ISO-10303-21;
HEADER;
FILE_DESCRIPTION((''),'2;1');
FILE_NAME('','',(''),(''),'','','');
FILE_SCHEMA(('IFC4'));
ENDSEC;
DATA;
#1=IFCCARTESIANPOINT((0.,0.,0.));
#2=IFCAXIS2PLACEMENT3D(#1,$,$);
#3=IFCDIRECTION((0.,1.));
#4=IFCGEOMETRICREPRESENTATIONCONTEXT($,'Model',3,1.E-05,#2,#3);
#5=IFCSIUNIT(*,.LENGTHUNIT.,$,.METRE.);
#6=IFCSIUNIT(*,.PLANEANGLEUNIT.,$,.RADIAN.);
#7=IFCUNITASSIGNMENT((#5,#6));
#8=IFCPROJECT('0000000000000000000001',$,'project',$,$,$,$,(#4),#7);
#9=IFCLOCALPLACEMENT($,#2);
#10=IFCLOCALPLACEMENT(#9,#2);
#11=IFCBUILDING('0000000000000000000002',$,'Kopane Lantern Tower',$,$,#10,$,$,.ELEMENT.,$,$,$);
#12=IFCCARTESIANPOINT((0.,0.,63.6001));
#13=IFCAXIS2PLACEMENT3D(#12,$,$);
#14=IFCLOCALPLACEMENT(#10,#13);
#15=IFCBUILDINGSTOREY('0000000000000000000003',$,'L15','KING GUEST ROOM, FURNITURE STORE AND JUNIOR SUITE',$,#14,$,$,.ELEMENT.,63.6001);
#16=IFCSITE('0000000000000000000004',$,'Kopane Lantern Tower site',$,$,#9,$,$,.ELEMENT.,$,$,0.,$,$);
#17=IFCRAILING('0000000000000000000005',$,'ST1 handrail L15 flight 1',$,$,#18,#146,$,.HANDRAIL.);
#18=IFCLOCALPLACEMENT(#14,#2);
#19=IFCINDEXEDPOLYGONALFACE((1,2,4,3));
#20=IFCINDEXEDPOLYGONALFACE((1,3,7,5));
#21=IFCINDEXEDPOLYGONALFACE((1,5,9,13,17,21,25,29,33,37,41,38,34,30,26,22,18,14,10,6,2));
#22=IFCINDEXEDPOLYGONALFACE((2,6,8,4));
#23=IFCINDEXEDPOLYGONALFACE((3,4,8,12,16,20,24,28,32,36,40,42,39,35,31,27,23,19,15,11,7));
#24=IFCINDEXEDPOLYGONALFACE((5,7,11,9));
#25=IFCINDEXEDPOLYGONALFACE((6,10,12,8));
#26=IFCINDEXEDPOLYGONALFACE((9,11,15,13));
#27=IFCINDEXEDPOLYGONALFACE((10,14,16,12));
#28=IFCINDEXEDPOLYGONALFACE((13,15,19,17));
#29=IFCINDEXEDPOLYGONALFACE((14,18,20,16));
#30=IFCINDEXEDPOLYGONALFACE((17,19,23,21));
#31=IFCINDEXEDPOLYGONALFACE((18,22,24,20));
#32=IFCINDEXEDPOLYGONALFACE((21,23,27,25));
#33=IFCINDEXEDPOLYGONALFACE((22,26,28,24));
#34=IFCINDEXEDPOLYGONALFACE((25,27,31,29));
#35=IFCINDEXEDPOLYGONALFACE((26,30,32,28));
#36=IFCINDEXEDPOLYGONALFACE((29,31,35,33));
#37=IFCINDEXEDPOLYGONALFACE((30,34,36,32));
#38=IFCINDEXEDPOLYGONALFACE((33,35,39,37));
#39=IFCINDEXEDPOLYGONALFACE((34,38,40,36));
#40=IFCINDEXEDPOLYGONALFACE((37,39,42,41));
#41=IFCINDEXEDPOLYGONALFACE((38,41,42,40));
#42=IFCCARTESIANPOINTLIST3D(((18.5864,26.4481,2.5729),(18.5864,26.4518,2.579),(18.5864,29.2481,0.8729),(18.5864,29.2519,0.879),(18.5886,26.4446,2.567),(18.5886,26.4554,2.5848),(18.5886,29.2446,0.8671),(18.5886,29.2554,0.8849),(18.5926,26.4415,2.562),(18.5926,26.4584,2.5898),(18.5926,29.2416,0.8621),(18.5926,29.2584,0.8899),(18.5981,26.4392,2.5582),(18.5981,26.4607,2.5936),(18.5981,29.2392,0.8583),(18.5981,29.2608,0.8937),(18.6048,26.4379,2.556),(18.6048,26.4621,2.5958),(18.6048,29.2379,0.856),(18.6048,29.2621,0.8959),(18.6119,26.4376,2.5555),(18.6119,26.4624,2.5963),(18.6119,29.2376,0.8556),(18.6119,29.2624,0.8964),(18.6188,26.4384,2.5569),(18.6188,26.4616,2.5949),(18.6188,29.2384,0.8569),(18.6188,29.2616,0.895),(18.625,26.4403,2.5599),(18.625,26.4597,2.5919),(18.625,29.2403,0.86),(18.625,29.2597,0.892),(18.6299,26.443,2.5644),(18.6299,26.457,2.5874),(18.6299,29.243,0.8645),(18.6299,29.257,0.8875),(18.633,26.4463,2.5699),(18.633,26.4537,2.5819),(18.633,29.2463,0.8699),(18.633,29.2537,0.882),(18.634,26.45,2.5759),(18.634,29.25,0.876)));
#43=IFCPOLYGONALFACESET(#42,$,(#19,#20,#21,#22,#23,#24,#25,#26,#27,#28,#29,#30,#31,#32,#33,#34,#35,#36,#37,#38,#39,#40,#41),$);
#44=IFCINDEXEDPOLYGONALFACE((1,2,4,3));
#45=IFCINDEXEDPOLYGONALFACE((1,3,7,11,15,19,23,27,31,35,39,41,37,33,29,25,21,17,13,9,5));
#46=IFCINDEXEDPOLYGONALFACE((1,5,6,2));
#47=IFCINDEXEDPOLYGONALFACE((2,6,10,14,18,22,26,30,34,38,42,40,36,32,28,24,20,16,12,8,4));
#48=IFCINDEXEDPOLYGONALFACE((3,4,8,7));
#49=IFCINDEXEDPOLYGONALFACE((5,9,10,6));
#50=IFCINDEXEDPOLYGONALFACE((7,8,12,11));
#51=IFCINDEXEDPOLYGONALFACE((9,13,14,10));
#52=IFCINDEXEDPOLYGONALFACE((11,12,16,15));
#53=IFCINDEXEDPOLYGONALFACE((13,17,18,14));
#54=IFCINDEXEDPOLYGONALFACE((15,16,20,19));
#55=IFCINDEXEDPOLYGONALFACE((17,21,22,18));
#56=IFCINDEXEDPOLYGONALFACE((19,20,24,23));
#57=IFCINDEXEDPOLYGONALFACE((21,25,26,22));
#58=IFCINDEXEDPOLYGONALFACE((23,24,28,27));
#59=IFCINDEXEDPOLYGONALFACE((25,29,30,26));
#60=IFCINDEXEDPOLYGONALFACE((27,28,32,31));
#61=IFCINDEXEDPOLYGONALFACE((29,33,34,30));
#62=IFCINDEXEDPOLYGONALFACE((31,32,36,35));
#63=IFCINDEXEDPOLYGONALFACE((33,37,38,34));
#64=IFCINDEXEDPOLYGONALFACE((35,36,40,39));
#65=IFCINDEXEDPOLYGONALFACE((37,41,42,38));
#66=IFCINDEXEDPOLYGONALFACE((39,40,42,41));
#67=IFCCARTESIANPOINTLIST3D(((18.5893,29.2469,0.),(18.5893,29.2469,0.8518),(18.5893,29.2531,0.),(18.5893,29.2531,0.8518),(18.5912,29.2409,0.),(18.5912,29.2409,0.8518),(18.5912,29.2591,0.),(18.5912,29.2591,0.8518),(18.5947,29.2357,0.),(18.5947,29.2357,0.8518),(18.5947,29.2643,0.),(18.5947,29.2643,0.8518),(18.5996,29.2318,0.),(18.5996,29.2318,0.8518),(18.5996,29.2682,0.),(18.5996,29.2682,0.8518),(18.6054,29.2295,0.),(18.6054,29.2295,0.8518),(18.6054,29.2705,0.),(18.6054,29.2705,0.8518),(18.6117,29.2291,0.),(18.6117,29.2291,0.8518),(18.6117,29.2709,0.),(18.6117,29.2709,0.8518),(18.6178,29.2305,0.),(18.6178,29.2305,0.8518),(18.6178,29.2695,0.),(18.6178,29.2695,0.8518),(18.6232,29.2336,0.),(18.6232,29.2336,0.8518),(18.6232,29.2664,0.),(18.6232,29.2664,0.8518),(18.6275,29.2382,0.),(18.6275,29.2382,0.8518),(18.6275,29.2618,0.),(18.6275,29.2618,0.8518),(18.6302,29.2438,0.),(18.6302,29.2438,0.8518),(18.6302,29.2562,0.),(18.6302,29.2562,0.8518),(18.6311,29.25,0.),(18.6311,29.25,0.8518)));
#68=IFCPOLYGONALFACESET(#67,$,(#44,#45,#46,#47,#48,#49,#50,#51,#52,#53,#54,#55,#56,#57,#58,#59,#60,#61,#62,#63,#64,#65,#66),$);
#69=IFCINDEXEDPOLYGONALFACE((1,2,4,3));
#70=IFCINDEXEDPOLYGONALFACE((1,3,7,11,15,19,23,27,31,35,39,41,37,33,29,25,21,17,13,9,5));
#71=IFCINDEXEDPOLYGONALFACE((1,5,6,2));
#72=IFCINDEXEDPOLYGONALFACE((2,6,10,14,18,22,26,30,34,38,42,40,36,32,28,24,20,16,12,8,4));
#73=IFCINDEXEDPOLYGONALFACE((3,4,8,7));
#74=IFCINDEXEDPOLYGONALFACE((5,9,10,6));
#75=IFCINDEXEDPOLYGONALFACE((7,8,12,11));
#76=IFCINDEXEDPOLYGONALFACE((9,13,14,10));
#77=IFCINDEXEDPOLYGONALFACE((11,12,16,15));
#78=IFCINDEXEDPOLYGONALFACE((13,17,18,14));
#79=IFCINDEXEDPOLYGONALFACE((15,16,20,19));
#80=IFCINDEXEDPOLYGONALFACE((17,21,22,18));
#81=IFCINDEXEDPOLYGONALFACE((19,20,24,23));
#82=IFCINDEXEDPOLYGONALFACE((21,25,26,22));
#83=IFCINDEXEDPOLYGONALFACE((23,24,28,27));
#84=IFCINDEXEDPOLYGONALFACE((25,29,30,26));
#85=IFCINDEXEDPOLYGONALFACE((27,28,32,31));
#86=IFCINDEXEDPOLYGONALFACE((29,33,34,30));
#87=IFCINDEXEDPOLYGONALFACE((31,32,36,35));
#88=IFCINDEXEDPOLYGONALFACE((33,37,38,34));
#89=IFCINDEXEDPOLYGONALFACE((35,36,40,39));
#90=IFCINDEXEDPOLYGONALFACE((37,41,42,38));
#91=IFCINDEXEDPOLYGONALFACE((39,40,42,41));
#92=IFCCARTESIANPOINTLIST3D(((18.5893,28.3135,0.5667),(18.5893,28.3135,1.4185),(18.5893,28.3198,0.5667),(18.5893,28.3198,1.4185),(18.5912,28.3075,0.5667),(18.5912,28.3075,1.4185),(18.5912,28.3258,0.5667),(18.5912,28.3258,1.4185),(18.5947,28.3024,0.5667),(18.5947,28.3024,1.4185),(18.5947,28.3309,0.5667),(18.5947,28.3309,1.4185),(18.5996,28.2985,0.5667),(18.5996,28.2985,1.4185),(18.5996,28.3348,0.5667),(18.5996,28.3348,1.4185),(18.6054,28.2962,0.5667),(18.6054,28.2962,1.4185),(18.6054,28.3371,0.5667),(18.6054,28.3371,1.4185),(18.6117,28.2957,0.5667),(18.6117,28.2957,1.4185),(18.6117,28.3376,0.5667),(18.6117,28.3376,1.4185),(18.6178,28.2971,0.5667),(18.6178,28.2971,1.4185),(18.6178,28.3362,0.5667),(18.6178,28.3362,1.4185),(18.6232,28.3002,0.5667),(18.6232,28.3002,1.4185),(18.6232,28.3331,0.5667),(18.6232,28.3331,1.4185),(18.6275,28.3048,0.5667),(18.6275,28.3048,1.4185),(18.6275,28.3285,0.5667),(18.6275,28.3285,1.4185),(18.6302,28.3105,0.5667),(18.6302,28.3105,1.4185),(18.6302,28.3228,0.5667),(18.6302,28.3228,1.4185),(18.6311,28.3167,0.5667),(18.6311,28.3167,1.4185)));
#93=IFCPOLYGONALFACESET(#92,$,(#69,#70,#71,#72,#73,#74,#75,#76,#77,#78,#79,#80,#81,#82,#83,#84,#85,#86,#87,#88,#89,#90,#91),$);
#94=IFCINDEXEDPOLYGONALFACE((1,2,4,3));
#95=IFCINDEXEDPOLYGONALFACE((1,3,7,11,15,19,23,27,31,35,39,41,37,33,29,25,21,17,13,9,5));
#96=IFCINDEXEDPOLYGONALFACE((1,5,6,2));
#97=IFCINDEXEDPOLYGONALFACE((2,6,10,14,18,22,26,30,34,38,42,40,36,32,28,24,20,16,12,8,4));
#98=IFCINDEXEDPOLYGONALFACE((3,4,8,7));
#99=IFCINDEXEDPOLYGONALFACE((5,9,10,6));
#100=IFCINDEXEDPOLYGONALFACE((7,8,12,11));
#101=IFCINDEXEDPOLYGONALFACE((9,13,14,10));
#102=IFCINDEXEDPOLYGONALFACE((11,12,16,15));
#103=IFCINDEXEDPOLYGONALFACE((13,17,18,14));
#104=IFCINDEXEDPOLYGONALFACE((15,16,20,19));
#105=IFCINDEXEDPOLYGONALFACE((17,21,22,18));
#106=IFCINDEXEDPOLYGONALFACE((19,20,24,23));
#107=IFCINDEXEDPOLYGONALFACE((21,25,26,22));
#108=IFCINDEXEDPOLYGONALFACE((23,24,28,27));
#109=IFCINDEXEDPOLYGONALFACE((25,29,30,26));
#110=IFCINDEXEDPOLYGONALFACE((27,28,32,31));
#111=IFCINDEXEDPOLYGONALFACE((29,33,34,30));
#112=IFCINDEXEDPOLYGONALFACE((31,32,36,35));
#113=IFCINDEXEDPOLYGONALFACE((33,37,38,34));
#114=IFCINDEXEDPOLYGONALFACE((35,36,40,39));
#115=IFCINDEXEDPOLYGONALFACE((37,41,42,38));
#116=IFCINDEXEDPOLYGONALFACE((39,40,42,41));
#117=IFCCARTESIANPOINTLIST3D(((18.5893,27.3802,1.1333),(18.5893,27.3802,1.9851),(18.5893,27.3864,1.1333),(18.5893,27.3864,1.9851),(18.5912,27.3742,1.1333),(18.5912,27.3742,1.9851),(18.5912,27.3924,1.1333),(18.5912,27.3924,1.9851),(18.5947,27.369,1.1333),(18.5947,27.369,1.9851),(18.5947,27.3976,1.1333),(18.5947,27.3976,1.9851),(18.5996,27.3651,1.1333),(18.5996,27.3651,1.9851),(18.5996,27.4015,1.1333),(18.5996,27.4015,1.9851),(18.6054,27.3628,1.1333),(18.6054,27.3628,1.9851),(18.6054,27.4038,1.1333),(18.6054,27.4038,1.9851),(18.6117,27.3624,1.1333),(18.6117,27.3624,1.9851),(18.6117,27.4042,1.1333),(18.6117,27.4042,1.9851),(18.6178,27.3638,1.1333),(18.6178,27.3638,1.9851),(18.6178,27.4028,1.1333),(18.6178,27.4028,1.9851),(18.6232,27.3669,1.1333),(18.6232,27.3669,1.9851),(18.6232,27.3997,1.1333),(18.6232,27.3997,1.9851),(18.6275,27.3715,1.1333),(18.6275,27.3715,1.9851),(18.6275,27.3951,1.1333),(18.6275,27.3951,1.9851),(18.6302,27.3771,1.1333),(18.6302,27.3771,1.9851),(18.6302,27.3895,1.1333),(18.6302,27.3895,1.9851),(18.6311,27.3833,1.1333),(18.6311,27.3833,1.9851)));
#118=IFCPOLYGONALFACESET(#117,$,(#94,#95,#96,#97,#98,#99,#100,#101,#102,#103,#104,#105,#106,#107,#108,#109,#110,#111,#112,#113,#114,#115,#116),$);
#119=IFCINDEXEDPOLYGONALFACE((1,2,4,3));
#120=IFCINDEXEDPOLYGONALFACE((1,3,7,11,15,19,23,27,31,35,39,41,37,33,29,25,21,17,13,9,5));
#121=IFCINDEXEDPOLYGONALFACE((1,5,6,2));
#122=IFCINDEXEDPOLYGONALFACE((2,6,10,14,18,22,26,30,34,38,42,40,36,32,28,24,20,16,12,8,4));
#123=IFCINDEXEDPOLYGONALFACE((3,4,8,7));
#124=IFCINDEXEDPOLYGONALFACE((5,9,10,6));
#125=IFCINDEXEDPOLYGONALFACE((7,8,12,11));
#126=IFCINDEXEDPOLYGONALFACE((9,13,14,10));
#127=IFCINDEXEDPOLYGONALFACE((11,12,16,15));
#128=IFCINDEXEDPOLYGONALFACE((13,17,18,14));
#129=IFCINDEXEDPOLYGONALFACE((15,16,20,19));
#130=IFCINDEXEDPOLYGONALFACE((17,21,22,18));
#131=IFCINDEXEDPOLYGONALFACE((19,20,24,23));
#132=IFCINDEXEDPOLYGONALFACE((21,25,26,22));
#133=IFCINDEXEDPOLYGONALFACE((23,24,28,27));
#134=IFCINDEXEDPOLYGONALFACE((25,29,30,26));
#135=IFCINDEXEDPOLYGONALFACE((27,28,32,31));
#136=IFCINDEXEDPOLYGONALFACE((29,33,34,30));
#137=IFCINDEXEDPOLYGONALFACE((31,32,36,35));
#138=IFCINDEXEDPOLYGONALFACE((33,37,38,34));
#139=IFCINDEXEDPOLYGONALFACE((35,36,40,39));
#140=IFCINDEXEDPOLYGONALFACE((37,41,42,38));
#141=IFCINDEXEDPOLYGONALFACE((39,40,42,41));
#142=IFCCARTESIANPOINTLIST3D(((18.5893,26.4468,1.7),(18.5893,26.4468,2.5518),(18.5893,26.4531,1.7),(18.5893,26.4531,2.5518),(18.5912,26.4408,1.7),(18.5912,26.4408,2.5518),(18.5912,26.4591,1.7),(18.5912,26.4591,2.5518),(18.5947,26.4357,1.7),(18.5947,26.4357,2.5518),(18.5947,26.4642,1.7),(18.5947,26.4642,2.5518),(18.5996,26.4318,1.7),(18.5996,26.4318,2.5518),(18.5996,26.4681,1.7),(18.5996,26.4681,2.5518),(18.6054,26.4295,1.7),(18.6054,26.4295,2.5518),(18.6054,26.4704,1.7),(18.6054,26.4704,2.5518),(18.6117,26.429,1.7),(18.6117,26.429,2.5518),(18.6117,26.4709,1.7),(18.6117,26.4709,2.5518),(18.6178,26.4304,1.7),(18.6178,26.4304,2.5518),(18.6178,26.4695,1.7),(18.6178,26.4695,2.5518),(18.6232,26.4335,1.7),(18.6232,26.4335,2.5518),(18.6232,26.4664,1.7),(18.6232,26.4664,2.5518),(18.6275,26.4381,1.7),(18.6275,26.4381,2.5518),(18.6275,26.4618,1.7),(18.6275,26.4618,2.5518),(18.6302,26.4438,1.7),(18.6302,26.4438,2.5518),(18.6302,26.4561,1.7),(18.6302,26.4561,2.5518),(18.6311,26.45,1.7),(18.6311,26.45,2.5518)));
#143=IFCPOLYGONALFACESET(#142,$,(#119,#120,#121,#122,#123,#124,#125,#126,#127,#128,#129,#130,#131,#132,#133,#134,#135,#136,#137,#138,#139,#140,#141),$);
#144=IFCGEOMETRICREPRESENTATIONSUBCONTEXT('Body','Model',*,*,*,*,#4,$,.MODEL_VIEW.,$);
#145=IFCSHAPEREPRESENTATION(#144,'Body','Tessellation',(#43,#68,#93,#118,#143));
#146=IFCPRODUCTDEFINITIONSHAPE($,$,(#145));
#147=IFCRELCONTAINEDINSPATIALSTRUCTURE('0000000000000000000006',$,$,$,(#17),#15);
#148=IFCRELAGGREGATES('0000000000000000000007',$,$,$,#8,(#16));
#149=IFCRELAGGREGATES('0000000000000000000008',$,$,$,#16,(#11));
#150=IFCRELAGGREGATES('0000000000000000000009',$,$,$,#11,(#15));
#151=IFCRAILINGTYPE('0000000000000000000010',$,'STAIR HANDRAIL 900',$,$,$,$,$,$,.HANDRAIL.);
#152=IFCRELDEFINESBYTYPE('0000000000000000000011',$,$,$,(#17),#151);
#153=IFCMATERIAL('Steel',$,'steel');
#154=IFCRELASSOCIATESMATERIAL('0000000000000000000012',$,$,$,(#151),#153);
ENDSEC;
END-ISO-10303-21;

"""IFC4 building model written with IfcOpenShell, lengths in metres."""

from ifc_helpers import new_model, si_unit, direction, frame, origin, origin_2d, place, context, subcontext, project, spatial, circle, extrude, material, type_object, element, save


model = new_model("IFC4")

# Units and contexts
model_context = context("Model", 3, precision=1e-05, world=origin(), true_north=direction((0.0, 1.0)))
body_context = subcontext(model_context, "Body", "Model", "MODEL_VIEW")
ifc_project = project(units=[si_unit("LENGTHUNIT", "METRE"), si_unit("PLANEANGLEUNIT", "RADIAN")], contexts=[model_context])

# Site, building, storey
site_placement = place(None, origin())
site = spatial("IfcSite", under=ifc_project, at=site_placement, Name="Kopane Lantern Tower site", CompositionType="ELEMENT", RefElevation=0.0)
building_placement = place(site_placement, origin())
building = spatial("IfcBuilding", under=site, at=building_placement, Name="Kopane Lantern Tower", CompositionType="ELEMENT")
storey_placement = place(building_placement, frame((0.0, 0.0, 63.6001)))
storey = spatial("IfcBuildingStorey", under=building, at=storey_placement, Name="L15", Description="KING GUEST ROOM, FURNITURE STORE AND JUNIOR SUITE", CompositionType="ELEMENT", Elevation=63.6001)

# Railing
ifc_material_1 = material(Name="Steel", Category="steel")
railing_type_1 = type_object("IfcRailingType", Name="STAIR HANDRAIL 900", PredefinedType="HANDRAIL", material=ifc_material_1)
for number, where, name in (
    (1, (18.6101, 29.25, 0.0), "ST1 handrail L15 flight 1"),
):
    element("IfcRailing", number, at=place(storey_placement, frame(where)), inside=storey, type_object=railing_type_1, Name=name, PredefinedType="HANDRAIL", context=body_context, shape_type="SweptSolid", body=[
        extrude(circle(Radius=0.0239, at=origin_2d()), frame((0.0, 0.0, 0.876), z_axis=(0.0, -0.854798, 0.518961), x_axis=(1.0, 0.0, 0.0)), (0.0, 0.0, 1.0), 3.2756),
        extrude(circle(Radius=0.021, at=origin_2d()), origin(), (0.0, 0.0, 1.0), 0.8518),
        extrude(circle(Radius=0.021, at=origin_2d()), frame((0.0, -0.9333, 0.5667)), (0.0, 0.0, 1.0), 0.8518),
        extrude(circle(Radius=0.021, at=origin_2d()), frame((0.0, -1.8667, 1.1333)), (0.0, 0.0, 1.0), 0.8518),
        extrude(circle(Radius=0.021, at=origin_2d()), frame((0.0, -2.8, 1.7)), (0.0, 0.0, 1.0), 0.8518),
    ])

save(model, "model.ifc")
